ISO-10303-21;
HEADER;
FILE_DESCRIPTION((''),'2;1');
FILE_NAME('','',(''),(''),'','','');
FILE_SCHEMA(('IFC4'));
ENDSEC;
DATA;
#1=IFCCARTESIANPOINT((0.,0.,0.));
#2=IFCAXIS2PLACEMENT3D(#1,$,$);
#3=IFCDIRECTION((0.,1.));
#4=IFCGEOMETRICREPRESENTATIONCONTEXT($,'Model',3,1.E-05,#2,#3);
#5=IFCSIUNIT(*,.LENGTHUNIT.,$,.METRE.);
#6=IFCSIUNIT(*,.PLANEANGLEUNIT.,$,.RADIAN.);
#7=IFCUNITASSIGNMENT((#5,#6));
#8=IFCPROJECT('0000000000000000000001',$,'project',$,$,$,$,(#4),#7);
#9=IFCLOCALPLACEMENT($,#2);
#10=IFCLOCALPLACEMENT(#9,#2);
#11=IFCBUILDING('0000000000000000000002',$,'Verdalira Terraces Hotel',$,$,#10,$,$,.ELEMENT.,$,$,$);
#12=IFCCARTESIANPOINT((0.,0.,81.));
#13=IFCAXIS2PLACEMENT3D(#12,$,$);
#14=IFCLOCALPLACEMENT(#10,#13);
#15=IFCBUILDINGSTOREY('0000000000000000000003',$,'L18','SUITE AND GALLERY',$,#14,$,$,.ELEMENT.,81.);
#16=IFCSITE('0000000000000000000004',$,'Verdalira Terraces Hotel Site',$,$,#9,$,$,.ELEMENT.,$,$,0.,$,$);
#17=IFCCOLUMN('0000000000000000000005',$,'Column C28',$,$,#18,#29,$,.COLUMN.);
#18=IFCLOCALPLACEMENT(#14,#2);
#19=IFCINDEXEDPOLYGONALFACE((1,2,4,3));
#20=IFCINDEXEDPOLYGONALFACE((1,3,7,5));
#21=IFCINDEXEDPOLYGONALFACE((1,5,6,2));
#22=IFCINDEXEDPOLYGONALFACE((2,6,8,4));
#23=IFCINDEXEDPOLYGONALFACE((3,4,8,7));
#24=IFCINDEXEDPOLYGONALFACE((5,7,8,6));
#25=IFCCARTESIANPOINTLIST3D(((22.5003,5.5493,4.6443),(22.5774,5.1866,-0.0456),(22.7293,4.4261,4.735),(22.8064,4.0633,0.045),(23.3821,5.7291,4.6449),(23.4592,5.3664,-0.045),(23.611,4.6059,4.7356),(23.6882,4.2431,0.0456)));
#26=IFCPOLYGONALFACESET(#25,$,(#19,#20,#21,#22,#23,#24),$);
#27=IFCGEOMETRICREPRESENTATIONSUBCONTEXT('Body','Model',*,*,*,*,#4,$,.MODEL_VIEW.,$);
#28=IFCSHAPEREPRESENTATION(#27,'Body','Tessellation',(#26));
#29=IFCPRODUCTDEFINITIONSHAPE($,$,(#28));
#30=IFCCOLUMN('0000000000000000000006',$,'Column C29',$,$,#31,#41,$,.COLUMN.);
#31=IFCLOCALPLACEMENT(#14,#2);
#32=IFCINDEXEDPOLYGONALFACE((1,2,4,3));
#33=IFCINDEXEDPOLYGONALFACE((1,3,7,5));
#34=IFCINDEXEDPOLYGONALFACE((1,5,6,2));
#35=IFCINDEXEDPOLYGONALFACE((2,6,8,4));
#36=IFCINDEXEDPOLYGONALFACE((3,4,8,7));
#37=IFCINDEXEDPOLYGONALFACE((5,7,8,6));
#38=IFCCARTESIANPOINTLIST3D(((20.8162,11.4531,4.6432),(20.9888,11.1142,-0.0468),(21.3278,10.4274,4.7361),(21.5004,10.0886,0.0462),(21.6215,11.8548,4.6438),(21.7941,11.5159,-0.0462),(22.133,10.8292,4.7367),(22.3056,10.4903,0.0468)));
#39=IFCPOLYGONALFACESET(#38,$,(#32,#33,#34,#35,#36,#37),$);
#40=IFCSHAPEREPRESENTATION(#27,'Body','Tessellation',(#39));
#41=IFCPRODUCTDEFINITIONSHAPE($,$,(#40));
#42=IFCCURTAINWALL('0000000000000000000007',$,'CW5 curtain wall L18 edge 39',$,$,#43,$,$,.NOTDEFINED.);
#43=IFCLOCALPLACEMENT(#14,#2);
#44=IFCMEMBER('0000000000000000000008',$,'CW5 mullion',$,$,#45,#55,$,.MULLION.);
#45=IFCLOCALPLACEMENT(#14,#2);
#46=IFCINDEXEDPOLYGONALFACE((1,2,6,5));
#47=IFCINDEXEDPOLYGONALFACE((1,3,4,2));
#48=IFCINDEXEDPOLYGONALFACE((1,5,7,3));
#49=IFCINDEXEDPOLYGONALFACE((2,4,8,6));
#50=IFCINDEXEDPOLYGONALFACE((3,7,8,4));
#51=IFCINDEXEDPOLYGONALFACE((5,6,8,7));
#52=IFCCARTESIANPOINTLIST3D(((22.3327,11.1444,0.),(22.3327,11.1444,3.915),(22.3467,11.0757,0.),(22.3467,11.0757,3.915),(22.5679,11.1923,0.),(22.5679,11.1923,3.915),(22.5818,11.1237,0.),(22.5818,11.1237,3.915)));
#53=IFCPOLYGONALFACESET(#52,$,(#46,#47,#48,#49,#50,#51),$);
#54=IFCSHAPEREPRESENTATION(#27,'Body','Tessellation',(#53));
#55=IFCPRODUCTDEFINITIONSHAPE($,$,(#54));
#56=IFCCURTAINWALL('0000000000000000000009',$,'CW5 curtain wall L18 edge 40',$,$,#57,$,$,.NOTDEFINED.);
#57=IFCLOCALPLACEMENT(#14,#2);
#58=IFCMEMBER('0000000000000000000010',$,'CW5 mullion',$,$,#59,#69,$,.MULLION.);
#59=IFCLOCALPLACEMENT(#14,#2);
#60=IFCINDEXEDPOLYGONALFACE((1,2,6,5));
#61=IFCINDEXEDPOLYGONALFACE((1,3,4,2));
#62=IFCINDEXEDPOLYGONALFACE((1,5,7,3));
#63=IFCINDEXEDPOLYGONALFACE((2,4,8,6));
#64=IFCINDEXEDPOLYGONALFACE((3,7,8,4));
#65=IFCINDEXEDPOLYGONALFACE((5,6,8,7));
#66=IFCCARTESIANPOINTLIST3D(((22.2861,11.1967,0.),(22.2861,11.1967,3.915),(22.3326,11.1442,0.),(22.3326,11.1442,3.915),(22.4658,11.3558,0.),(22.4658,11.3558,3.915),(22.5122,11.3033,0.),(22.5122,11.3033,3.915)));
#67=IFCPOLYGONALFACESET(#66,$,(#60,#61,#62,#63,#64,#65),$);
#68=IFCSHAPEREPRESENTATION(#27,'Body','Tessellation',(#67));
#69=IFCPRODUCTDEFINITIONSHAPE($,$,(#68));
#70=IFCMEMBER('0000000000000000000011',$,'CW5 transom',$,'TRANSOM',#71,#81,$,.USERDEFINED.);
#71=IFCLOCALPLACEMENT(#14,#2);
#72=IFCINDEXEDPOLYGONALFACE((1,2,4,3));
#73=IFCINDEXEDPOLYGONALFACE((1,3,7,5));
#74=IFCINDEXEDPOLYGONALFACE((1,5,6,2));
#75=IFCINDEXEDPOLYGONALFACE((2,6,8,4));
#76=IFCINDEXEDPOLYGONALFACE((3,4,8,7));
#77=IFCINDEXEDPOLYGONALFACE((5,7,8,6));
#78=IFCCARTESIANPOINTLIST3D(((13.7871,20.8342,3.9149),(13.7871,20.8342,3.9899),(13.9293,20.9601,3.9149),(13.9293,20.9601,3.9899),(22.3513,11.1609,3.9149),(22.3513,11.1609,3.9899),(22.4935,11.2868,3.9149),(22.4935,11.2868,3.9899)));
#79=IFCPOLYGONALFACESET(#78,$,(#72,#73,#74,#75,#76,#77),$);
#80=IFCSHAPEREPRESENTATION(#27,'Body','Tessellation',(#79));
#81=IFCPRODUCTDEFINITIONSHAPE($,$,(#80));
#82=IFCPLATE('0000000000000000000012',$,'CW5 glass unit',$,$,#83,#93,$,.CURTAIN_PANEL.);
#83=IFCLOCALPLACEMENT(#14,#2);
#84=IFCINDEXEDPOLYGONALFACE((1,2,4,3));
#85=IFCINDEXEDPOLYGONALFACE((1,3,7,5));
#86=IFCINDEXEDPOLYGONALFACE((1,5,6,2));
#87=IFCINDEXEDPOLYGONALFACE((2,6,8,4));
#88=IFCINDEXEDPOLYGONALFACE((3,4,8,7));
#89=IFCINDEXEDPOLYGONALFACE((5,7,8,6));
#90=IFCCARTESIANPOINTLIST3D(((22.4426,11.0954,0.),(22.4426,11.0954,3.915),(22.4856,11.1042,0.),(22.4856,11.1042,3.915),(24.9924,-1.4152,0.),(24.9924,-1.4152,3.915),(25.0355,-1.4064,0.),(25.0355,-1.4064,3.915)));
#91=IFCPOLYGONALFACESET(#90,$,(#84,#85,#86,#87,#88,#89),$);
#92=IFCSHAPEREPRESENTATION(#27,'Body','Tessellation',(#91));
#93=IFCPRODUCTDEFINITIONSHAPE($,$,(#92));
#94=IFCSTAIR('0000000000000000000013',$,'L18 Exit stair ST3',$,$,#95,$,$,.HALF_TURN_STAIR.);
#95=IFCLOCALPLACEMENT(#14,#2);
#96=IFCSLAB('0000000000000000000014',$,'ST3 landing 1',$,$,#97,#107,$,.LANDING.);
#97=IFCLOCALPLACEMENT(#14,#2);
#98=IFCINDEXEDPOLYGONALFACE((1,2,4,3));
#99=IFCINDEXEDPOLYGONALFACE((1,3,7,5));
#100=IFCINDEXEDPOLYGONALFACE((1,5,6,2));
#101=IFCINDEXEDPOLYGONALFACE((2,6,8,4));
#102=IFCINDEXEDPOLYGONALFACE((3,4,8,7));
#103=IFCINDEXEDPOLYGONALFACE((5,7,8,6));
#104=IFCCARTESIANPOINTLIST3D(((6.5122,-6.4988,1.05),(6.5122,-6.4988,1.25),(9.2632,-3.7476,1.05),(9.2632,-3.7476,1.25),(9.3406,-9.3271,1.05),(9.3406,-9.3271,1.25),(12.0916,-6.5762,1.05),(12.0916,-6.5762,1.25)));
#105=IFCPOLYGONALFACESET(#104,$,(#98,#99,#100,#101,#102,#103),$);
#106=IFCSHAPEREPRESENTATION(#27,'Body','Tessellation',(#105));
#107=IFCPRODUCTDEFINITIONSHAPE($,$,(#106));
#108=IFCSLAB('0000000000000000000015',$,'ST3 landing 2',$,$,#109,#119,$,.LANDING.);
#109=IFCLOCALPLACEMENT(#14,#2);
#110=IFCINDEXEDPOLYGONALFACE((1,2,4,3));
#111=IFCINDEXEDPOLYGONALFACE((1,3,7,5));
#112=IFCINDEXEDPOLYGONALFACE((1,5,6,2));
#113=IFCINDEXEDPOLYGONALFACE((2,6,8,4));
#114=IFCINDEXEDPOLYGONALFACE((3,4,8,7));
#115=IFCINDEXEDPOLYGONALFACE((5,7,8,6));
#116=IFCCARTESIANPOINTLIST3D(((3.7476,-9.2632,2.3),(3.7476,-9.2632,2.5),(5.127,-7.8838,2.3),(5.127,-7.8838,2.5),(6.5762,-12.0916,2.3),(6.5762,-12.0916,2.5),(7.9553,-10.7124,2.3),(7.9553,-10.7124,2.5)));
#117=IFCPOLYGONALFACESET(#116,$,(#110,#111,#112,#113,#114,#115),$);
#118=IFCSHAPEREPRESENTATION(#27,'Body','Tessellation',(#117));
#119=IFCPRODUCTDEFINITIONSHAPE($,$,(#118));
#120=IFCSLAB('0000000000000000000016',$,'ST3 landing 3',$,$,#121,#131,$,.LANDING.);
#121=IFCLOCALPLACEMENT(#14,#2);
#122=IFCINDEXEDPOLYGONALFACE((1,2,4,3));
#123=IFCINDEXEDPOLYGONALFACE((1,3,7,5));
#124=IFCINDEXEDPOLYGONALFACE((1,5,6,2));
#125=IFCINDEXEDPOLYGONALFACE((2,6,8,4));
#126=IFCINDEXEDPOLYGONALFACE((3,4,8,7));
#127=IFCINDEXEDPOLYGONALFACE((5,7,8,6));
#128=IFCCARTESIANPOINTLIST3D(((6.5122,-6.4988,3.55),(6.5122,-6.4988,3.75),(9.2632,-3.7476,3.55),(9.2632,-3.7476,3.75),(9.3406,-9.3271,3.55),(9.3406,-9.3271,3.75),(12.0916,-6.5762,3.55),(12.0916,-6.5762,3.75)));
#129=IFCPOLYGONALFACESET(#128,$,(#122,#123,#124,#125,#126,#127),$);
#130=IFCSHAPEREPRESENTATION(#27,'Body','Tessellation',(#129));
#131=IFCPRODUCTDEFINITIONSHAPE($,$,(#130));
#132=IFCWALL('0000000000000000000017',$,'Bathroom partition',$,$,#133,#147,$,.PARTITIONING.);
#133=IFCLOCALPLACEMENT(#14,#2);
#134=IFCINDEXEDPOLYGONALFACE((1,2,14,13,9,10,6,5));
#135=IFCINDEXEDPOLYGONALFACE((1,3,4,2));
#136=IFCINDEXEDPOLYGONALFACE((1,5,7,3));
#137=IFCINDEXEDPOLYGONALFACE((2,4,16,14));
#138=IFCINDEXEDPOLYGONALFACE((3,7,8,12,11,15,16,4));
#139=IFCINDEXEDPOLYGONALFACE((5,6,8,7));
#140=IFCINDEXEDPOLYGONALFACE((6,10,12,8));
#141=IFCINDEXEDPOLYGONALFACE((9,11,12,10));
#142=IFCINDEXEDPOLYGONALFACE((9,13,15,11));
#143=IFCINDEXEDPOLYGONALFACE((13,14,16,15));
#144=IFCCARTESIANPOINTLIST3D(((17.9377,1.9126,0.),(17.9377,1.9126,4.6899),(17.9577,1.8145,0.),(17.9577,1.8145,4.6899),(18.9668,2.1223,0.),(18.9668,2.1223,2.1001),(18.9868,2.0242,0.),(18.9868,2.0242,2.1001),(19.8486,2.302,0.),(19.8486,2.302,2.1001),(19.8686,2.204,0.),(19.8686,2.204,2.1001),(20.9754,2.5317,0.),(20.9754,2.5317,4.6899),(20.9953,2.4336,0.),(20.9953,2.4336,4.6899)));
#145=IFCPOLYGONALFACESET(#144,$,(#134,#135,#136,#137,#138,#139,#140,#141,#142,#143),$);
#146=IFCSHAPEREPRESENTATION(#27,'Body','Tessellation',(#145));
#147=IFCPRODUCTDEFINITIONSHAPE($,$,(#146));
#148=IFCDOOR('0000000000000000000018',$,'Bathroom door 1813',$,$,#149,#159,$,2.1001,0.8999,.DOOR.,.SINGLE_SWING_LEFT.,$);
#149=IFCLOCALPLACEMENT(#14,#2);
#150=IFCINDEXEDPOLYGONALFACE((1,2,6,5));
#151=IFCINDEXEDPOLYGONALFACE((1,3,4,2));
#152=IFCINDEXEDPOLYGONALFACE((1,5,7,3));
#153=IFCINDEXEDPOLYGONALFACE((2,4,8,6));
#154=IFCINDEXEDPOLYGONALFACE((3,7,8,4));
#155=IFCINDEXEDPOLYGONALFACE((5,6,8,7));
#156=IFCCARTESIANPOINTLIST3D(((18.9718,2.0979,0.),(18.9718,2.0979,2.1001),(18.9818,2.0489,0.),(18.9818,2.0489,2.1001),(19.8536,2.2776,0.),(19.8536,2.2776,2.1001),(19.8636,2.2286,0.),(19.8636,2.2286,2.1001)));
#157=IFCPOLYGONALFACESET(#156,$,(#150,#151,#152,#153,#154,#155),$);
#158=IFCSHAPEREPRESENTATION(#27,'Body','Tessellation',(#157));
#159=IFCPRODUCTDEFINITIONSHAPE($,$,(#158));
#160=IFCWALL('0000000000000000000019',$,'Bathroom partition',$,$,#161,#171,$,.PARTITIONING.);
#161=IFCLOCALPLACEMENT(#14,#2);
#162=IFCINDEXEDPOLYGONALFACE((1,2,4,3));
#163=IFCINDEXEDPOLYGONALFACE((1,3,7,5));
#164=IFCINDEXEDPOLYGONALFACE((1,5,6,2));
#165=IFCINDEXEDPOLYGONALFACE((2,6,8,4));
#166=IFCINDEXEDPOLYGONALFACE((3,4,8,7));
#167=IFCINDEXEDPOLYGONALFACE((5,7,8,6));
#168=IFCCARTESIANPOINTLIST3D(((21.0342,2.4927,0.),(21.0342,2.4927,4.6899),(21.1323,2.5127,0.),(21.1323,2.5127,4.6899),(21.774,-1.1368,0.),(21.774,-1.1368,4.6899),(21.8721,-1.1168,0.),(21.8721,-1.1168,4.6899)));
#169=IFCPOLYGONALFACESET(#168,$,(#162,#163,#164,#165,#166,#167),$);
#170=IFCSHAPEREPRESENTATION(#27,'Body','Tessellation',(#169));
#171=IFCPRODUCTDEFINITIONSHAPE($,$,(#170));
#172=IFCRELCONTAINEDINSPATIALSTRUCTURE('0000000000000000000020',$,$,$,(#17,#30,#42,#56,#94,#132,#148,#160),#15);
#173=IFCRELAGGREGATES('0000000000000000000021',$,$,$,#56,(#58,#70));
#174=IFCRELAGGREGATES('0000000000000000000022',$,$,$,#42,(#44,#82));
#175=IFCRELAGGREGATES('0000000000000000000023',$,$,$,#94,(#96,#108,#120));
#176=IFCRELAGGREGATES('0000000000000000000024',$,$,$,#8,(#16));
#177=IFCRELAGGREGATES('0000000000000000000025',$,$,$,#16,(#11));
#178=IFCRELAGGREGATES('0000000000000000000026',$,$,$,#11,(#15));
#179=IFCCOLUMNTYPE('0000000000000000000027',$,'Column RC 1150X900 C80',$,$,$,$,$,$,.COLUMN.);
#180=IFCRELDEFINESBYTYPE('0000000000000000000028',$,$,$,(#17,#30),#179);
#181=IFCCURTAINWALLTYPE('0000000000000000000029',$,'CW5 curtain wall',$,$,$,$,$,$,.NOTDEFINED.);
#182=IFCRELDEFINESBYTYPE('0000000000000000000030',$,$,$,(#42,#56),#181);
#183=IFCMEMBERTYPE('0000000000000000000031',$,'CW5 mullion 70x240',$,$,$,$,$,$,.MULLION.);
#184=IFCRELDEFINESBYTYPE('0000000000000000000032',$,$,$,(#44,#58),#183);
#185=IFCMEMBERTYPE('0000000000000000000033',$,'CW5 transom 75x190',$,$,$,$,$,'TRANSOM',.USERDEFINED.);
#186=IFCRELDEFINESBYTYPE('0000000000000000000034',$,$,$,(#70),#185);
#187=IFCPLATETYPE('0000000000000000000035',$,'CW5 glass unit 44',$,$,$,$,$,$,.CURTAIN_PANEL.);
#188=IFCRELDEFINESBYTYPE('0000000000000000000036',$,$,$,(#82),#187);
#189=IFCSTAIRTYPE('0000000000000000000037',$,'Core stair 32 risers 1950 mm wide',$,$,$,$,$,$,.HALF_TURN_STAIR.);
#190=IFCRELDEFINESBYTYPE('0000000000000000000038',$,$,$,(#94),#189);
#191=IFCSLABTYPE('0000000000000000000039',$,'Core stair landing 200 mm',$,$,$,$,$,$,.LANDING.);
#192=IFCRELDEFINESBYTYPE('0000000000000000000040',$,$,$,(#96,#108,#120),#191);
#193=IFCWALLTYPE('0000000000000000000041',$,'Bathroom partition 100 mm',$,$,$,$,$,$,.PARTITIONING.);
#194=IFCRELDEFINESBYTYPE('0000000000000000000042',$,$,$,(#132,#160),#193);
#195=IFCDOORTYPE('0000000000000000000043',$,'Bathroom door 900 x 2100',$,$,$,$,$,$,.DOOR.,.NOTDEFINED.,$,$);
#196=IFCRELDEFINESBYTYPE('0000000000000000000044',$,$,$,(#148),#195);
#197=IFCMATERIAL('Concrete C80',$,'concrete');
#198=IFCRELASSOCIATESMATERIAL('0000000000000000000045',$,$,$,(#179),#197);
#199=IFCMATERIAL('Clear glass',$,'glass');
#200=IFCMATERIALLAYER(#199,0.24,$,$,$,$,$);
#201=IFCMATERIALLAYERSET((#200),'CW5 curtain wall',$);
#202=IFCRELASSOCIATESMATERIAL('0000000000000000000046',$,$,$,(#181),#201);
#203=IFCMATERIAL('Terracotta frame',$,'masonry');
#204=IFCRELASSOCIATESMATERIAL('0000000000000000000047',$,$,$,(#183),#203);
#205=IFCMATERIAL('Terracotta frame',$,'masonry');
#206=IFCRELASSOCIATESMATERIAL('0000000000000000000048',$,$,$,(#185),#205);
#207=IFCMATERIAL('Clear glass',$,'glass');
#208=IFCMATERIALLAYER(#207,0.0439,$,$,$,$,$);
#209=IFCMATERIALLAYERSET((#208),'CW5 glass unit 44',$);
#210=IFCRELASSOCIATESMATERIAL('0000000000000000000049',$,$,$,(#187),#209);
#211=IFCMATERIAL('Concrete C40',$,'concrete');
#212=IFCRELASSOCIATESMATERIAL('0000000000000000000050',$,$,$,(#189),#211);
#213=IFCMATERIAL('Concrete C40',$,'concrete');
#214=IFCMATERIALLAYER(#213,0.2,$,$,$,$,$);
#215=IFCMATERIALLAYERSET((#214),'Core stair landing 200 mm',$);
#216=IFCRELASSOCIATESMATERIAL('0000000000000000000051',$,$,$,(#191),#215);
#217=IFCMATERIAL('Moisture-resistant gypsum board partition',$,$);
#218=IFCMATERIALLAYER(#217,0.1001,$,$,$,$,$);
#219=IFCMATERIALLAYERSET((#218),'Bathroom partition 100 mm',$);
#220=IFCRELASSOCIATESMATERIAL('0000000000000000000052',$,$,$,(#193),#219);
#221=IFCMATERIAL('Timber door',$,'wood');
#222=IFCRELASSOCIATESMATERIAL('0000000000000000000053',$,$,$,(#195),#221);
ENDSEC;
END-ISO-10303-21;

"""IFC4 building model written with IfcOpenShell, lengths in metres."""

from ifc_helpers import new_model, si_unit, direction, frame, frame_2d, origin, origin_2d, place, context, subcontext, project, spatial, polyline, rectangle, outline, extrude, material, layer, layer_set, material_profile, profile_set, type_object, element, fill, aggregate, save


model = new_model("IFC4")

# Units and contexts
model_context = context("Model", 3, precision=1e-05, world=origin(), true_north=direction((0.0, 1.0)))
body_context = subcontext(model_context, "Body", "Model", "MODEL_VIEW")
ifc_project = project(units=[si_unit("LENGTHUNIT", "METRE"), si_unit("PLANEANGLEUNIT", "RADIAN")], contexts=[model_context])

# Site, building, storey
site_placement = place(None, origin())
site = spatial("IfcSite", under=ifc_project, at=site_placement, Name="Verdalira Terraces Hotel Site", CompositionType="ELEMENT", RefElevation=0.0)
building_placement = place(site_placement, origin())
building = spatial("IfcBuilding", under=site, at=building_placement, Name="Verdalira Terraces Hotel", CompositionType="ELEMENT")
storey_placement = place(building_placement, frame((0.0, 0.0, 81.0)))
storey = spatial("IfcBuildingStorey", under=building, at=storey_placement, Name="L18", Description="SUITE AND GALLERY", CompositionType="ELEMENT", Elevation=81.0)

# Columns
ifc_material_1 = material(Name="Concrete C80", Category="concrete")
ifc_material_profile_1 = material_profile(ifc_material_1, rectangle(XDim=1.1499, YDim=0.8999, at=origin_2d()), Name="RC 1150X900")
ifc_profile_set_1 = profile_set([ifc_material_profile_1], Name="Concrete C80")
column_type = type_object("IfcColumnType", Name="Column RC 1150X900 C80", PredefinedType="COLUMN", material=ifc_profile_set_1)
column_1_placement = place(storey_placement, frame((23.1328, 4.7148, 0.0), z_axis=(-0.016399, 0.077115, 0.996887), x_axis=(-0.199126, 0.976798, -0.078836)))
element("IfcColumn", 1, at=column_1_placement, inside=storey, type_object=column_type, Name="Column C28", PredefinedType="COLUMN", context=body_context, shape_type="SweptSolid", body=[
    extrude(rectangle(XDim=1.1499, YDim=0.8999, at=origin_2d()), origin(), (0.0, 0.0, 1.0), 4.7046),
])
column_2_placement = place(storey_placement, frame((21.6472, 10.8022, 0.0), z_axis=(-0.036683, 0.072018, 0.996729), x_axis=(0.444887, -0.891933, 0.080819)))
element("IfcColumn", 2, at=column_2_placement, inside=storey, type_object=column_type, Name="Column C29", PredefinedType="COLUMN", context=body_context, shape_type="SweptSolid", body=[
    extrude(rectangle(XDim=1.1499, YDim=0.8999, at=origin_2d()), origin(), (0.0, 0.0, 1.0), 4.7053),
])

# Curtain wall, member
ifc_material_2 = material(Name="Clear glass", Category="glass")
ifc_layer_1 = layer(ifc_material_2, 0.24)
ifc_layer_set_1 = layer_set([ifc_layer_1], Name="CW5 curtain wall")
curtain_wall_type = type_object("IfcCurtainWallType", Name="CW5 curtain wall", PredefinedType="NOTDEFINED", material=ifc_layer_set_1)
curtain_wall_1_placement = place(storey_placement, origin())
curtain_wall_1 = element("IfcCurtainWall", 3, at=curtain_wall_1_placement, inside=storey, type_object=curtain_wall_type, Name="CW5 curtain wall L18 edge 39", PredefinedType="NOTDEFINED")
ifc_material_3 = material(Name="Terracotta frame", Category="masonry")
ifc_material_profile_2 = material_profile(ifc_material_3, rectangle(XDim=0.0701, YDim=0.24, at=origin_2d()), Name="MU 70x240")
ifc_profile_set_2 = profile_set([ifc_material_profile_2], Name="Terracotta frame")
member_type_1 = type_object("IfcMemberType", Name="CW5 mullion 70x240", PredefinedType="MULLION", material=ifc_profile_set_2)
member_1_placement = place(storey_placement, frame((22.4573, 11.134, 0.0), z_axis=(0.0, 0.0, 1.0), x_axis=(-0.19971, 0.979855, 0.0)))
member_1 = element("IfcMember", 4, at=member_1_placement, type_object=member_type_1, Name="CW5 mullion", PredefinedType="MULLION", context=body_context, shape_type="SweptSolid", body=[
    extrude(rectangle(XDim=0.0701, YDim=0.24, at=origin_2d()), origin(), (0.0, 0.0, 1.0), 3.915),
])

# Curtain wall, members
curtain_wall_2_placement = place(storey_placement, origin())
curtain_wall_2 = element("IfcCurtainWall", 5, at=curtain_wall_2_placement, inside=storey, type_object=curtain_wall_type, Name="CW5 curtain wall L18 edge 40", PredefinedType="NOTDEFINED")
member_2_placement = place(storey_placement, frame((22.3992, 11.25, 0.0), z_axis=(0.0, 0.0, 1.0), x_axis=(-0.662881, 0.748724, 0.0)))
member_2 = element("IfcMember", 6, at=member_2_placement, type_object=member_type_1, Name="CW5 mullion", PredefinedType="MULLION", context=body_context, shape_type="SweptSolid", body=[
    extrude(rectangle(XDim=0.0701, YDim=0.24, at=origin_2d()), origin(), (0.0, 0.0, 1.0), 3.915),
])
ifc_material_4 = material(Name="Terracotta frame", Category="masonry")
ifc_material_profile_3 = material_profile(ifc_material_4, rectangle(XDim=0.1899, YDim=0.075, at=origin_2d()), Name="TR 75x190")
ifc_profile_set_3 = profile_set([ifc_material_profile_3], Name="Terracotta frame")
member_type_2 = type_object("IfcMemberType", Name="CW5 transom 75x190", ElementType="TRANSOM", PredefinedType="USERDEFINED", material=ifc_profile_set_3)
member_3_placement = place(storey_placement, frame((22.4224, 11.2239, 3.9524), z_axis=(-0.662879, 0.748727, 0.0), x_axis=(-0.748727, -0.662879, 0.0)))
member_3 = element("IfcMember", 7, at=member_3_placement, type_object=member_type_2, Name="CW5 transom", ObjectType="TRANSOM", PredefinedType="USERDEFINED", context=body_context, shape_type="SweptSolid", body=[
    extrude(rectangle(XDim=0.1899, YDim=0.075, at=origin_2d()), origin(), (0.0, 0.0, 1.0), 12.9197),
])
aggregate(curtain_wall_2, [member_2, member_3])

# Plate
ifc_material_5 = material(Name="Clear glass", Category="glass")
ifc_layer_2 = layer(ifc_material_5, 0.0439)
ifc_layer_set_2 = layer_set([ifc_layer_2], Name="CW5 glass unit 44")
plate_type = type_object("IfcPlateType", Name="CW5 glass unit 44", PredefinedType="CURTAIN_PANEL", material=ifc_layer_set_2)
plate_placement = place(storey_placement, frame((23.739, 4.8445, 0.0), z_axis=(0.0, 0.0, 1.0), x_axis=(-0.19971, 0.979855, 0.0)))
plate = element("IfcPlate", 8, at=plate_placement, type_object=plate_type, Name="CW5 glass unit", PredefinedType="CURTAIN_PANEL", context=body_context, shape_type="SweptSolid", body=[
    extrude(rectangle(XDim=12.7678, YDim=0.0439, at=origin_2d()), origin(), (0.0, 0.0, 1.0), 3.915),
])
aggregate(curtain_wall_1, [member_1, plate])

# Stair, slabs
ifc_material_6 = material(Name="Concrete C40", Category="concrete")
stair_type = type_object("IfcStairType", Name="Core stair 32 risers 1950 mm wide", PredefinedType="HALF_TURN_STAIR", material=ifc_material_6)
stair_placement = place(storey_placement, origin())
stair = element("IfcStair", 9, at=stair_placement, inside=storey, type_object=stair_type, Name="L18 Exit stair ST3", PredefinedType="HALF_TURN_STAIR")
ifc_material_7 = material(Name="Concrete C40", Category="concrete")
ifc_layer_3 = layer(ifc_material_7, 0.2)
ifc_layer_set_3 = layer_set([ifc_layer_3], Name="Core stair landing 200 mm")
slab_type = type_object("IfcSlabType", Name="Core stair landing 200 mm", PredefinedType="LANDING", material=ifc_layer_set_3)
slab_1_placement = place(storey_placement, frame((0.0, 0.0, 1.05)))
slab_1 = element("IfcSlab", 10, at=slab_1_placement, type_object=slab_type, Name="ST3 landing 1", PredefinedType="LANDING", context=body_context, shape_type="SweptSolid", body=[
    extrude(outline(polyline([(9.3406, -9.3271), (12.0916, -6.5762), (9.2632, -3.7476), (6.5122, -6.4988), (9.3406, -9.3271)])), origin(), (0.0, 0.0, 1.0), 0.2),
])
slab_2_placement = place(storey_placement, frame((0.0, 0.0, 2.3)))
slab_2 = element("IfcSlab", 11, at=slab_2_placement, type_object=slab_type, Name="ST3 landing 2", PredefinedType="LANDING", context=body_context, shape_type="SweptSolid", body=[
    extrude(outline(polyline([(6.5762, -12.0916), (7.9553, -10.7124), (5.127, -7.8838), (3.7476, -9.2632), (6.5762, -12.0916)])), origin(), (0.0, 0.0, 1.0), 0.2),
])
slab_3_placement = place(storey_placement, frame((0.0, 0.0, 3.55)))
slab_3 = element("IfcSlab", 12, at=slab_3_placement, type_object=slab_type, Name="ST3 landing 3", PredefinedType="LANDING", context=body_context, shape_type="SweptSolid", body=[
    extrude(outline(polyline([(9.3406, -9.3271), (12.0916, -6.5762), (9.2632, -3.7476), (6.5122, -6.4988), (9.3406, -9.3271)])), origin(), (0.0, 0.0, 1.0), 0.2),
])
aggregate(stair, [slab_1, slab_2, slab_3])

# Wall, opening, door
ifc_material_8 = material(Name="Moisture-resistant gypsum board partition")
ifc_layer_4 = layer(ifc_material_8, 0.1001)
ifc_layer_set_4 = layer_set([ifc_layer_4], Name="Bathroom partition 100 mm")
wall_type_1 = type_object("IfcWallType", Name="Bathroom partition 100 mm", PredefinedType="PARTITIONING", material=ifc_layer_set_4)
wall_1_placement = place(storey_placement, frame((20.9854, 2.4827, 0.0), z_axis=(0.0, 0.0, 1.0), x_axis=(-0.979853, -0.199719, 0.0)))
wall_1 = element("IfcWall", 13, at=wall_1_placement, inside=storey, type_object=wall_type_1, Name="Bathroom partition", PredefinedType="PARTITIONING", context=body_context, shape_type="SweptSolid", body=[
    extrude(rectangle(XDim=3.1001, YDim=0.1001, at=frame_2d((1.55, 0.0))), origin(), (0.0, 0.0, 1.0), 4.6899),
])
opening_1_placement = place(wall_1_placement, frame((1.1499, 0.0, 0.0)))
opening_1 = element("IfcOpeningElement", 14, at=opening_1_placement, cuts=wall_1, PredefinedType="OPENING", context=body_context, shape_type="SweptSolid", body=[
    extrude(rectangle(XDim=0.8999, YDim=2.1001, at=frame_2d((0.45, 1.05))), frame((0.0, 0.0601, 0.0), z_axis=(0.0, -1.0, 0.0), x_axis=(1.0, 0.0, 0.0)), (0.0, 0.0, 1.0), 0.1201),
])
ifc_material_9 = material(Name="Timber door", Category="wood")
door_type_1 = type_object("IfcDoorType", Name="Bathroom door 900 x 2100", OperationType="NOTDEFINED", PredefinedType="DOOR", material=ifc_material_9)
door_1_placement = place(opening_1_placement, origin())
door_1 = element("IfcDoor", 15, at=door_1_placement, inside=storey, type_object=door_type_1, Name="Bathroom door 1813", OperationType="SINGLE_SWING_LEFT", OverallHeight=2.1001, OverallWidth=0.8999, PredefinedType="DOOR", context=body_context, shape_type="SweptSolid", body=[
    extrude(rectangle(XDim=0.8999, YDim=2.1001, at=frame_2d((0.45, 1.05))), frame((0.0, 0.0249, 0.0), z_axis=(0.0, -1.0, 0.0), x_axis=(1.0, 0.0, 0.0)), (0.0, 0.0, 1.0), 0.05),
])
fill(opening_1, door_1)

# Wall
wall_2_placement = place(storey_placement, frame((21.0833, 2.5027, 0.0), z_axis=(0.0, 0.0, 1.0), x_axis=(0.199715, -0.979854, 0.0)))
element("IfcWall", 16, at=wall_2_placement, inside=storey, type_object=wall_type_1, Name="Bathroom partition", PredefinedType="PARTITIONING", context=body_context, shape_type="SweptSolid", body=[
    extrude(rectangle(XDim=3.7041, YDim=0.1001, at=frame_2d((1.8521, 0.0))), origin(), (0.0, 0.0, 1.0), 4.6899),
])

save(model, "model.ifc")
